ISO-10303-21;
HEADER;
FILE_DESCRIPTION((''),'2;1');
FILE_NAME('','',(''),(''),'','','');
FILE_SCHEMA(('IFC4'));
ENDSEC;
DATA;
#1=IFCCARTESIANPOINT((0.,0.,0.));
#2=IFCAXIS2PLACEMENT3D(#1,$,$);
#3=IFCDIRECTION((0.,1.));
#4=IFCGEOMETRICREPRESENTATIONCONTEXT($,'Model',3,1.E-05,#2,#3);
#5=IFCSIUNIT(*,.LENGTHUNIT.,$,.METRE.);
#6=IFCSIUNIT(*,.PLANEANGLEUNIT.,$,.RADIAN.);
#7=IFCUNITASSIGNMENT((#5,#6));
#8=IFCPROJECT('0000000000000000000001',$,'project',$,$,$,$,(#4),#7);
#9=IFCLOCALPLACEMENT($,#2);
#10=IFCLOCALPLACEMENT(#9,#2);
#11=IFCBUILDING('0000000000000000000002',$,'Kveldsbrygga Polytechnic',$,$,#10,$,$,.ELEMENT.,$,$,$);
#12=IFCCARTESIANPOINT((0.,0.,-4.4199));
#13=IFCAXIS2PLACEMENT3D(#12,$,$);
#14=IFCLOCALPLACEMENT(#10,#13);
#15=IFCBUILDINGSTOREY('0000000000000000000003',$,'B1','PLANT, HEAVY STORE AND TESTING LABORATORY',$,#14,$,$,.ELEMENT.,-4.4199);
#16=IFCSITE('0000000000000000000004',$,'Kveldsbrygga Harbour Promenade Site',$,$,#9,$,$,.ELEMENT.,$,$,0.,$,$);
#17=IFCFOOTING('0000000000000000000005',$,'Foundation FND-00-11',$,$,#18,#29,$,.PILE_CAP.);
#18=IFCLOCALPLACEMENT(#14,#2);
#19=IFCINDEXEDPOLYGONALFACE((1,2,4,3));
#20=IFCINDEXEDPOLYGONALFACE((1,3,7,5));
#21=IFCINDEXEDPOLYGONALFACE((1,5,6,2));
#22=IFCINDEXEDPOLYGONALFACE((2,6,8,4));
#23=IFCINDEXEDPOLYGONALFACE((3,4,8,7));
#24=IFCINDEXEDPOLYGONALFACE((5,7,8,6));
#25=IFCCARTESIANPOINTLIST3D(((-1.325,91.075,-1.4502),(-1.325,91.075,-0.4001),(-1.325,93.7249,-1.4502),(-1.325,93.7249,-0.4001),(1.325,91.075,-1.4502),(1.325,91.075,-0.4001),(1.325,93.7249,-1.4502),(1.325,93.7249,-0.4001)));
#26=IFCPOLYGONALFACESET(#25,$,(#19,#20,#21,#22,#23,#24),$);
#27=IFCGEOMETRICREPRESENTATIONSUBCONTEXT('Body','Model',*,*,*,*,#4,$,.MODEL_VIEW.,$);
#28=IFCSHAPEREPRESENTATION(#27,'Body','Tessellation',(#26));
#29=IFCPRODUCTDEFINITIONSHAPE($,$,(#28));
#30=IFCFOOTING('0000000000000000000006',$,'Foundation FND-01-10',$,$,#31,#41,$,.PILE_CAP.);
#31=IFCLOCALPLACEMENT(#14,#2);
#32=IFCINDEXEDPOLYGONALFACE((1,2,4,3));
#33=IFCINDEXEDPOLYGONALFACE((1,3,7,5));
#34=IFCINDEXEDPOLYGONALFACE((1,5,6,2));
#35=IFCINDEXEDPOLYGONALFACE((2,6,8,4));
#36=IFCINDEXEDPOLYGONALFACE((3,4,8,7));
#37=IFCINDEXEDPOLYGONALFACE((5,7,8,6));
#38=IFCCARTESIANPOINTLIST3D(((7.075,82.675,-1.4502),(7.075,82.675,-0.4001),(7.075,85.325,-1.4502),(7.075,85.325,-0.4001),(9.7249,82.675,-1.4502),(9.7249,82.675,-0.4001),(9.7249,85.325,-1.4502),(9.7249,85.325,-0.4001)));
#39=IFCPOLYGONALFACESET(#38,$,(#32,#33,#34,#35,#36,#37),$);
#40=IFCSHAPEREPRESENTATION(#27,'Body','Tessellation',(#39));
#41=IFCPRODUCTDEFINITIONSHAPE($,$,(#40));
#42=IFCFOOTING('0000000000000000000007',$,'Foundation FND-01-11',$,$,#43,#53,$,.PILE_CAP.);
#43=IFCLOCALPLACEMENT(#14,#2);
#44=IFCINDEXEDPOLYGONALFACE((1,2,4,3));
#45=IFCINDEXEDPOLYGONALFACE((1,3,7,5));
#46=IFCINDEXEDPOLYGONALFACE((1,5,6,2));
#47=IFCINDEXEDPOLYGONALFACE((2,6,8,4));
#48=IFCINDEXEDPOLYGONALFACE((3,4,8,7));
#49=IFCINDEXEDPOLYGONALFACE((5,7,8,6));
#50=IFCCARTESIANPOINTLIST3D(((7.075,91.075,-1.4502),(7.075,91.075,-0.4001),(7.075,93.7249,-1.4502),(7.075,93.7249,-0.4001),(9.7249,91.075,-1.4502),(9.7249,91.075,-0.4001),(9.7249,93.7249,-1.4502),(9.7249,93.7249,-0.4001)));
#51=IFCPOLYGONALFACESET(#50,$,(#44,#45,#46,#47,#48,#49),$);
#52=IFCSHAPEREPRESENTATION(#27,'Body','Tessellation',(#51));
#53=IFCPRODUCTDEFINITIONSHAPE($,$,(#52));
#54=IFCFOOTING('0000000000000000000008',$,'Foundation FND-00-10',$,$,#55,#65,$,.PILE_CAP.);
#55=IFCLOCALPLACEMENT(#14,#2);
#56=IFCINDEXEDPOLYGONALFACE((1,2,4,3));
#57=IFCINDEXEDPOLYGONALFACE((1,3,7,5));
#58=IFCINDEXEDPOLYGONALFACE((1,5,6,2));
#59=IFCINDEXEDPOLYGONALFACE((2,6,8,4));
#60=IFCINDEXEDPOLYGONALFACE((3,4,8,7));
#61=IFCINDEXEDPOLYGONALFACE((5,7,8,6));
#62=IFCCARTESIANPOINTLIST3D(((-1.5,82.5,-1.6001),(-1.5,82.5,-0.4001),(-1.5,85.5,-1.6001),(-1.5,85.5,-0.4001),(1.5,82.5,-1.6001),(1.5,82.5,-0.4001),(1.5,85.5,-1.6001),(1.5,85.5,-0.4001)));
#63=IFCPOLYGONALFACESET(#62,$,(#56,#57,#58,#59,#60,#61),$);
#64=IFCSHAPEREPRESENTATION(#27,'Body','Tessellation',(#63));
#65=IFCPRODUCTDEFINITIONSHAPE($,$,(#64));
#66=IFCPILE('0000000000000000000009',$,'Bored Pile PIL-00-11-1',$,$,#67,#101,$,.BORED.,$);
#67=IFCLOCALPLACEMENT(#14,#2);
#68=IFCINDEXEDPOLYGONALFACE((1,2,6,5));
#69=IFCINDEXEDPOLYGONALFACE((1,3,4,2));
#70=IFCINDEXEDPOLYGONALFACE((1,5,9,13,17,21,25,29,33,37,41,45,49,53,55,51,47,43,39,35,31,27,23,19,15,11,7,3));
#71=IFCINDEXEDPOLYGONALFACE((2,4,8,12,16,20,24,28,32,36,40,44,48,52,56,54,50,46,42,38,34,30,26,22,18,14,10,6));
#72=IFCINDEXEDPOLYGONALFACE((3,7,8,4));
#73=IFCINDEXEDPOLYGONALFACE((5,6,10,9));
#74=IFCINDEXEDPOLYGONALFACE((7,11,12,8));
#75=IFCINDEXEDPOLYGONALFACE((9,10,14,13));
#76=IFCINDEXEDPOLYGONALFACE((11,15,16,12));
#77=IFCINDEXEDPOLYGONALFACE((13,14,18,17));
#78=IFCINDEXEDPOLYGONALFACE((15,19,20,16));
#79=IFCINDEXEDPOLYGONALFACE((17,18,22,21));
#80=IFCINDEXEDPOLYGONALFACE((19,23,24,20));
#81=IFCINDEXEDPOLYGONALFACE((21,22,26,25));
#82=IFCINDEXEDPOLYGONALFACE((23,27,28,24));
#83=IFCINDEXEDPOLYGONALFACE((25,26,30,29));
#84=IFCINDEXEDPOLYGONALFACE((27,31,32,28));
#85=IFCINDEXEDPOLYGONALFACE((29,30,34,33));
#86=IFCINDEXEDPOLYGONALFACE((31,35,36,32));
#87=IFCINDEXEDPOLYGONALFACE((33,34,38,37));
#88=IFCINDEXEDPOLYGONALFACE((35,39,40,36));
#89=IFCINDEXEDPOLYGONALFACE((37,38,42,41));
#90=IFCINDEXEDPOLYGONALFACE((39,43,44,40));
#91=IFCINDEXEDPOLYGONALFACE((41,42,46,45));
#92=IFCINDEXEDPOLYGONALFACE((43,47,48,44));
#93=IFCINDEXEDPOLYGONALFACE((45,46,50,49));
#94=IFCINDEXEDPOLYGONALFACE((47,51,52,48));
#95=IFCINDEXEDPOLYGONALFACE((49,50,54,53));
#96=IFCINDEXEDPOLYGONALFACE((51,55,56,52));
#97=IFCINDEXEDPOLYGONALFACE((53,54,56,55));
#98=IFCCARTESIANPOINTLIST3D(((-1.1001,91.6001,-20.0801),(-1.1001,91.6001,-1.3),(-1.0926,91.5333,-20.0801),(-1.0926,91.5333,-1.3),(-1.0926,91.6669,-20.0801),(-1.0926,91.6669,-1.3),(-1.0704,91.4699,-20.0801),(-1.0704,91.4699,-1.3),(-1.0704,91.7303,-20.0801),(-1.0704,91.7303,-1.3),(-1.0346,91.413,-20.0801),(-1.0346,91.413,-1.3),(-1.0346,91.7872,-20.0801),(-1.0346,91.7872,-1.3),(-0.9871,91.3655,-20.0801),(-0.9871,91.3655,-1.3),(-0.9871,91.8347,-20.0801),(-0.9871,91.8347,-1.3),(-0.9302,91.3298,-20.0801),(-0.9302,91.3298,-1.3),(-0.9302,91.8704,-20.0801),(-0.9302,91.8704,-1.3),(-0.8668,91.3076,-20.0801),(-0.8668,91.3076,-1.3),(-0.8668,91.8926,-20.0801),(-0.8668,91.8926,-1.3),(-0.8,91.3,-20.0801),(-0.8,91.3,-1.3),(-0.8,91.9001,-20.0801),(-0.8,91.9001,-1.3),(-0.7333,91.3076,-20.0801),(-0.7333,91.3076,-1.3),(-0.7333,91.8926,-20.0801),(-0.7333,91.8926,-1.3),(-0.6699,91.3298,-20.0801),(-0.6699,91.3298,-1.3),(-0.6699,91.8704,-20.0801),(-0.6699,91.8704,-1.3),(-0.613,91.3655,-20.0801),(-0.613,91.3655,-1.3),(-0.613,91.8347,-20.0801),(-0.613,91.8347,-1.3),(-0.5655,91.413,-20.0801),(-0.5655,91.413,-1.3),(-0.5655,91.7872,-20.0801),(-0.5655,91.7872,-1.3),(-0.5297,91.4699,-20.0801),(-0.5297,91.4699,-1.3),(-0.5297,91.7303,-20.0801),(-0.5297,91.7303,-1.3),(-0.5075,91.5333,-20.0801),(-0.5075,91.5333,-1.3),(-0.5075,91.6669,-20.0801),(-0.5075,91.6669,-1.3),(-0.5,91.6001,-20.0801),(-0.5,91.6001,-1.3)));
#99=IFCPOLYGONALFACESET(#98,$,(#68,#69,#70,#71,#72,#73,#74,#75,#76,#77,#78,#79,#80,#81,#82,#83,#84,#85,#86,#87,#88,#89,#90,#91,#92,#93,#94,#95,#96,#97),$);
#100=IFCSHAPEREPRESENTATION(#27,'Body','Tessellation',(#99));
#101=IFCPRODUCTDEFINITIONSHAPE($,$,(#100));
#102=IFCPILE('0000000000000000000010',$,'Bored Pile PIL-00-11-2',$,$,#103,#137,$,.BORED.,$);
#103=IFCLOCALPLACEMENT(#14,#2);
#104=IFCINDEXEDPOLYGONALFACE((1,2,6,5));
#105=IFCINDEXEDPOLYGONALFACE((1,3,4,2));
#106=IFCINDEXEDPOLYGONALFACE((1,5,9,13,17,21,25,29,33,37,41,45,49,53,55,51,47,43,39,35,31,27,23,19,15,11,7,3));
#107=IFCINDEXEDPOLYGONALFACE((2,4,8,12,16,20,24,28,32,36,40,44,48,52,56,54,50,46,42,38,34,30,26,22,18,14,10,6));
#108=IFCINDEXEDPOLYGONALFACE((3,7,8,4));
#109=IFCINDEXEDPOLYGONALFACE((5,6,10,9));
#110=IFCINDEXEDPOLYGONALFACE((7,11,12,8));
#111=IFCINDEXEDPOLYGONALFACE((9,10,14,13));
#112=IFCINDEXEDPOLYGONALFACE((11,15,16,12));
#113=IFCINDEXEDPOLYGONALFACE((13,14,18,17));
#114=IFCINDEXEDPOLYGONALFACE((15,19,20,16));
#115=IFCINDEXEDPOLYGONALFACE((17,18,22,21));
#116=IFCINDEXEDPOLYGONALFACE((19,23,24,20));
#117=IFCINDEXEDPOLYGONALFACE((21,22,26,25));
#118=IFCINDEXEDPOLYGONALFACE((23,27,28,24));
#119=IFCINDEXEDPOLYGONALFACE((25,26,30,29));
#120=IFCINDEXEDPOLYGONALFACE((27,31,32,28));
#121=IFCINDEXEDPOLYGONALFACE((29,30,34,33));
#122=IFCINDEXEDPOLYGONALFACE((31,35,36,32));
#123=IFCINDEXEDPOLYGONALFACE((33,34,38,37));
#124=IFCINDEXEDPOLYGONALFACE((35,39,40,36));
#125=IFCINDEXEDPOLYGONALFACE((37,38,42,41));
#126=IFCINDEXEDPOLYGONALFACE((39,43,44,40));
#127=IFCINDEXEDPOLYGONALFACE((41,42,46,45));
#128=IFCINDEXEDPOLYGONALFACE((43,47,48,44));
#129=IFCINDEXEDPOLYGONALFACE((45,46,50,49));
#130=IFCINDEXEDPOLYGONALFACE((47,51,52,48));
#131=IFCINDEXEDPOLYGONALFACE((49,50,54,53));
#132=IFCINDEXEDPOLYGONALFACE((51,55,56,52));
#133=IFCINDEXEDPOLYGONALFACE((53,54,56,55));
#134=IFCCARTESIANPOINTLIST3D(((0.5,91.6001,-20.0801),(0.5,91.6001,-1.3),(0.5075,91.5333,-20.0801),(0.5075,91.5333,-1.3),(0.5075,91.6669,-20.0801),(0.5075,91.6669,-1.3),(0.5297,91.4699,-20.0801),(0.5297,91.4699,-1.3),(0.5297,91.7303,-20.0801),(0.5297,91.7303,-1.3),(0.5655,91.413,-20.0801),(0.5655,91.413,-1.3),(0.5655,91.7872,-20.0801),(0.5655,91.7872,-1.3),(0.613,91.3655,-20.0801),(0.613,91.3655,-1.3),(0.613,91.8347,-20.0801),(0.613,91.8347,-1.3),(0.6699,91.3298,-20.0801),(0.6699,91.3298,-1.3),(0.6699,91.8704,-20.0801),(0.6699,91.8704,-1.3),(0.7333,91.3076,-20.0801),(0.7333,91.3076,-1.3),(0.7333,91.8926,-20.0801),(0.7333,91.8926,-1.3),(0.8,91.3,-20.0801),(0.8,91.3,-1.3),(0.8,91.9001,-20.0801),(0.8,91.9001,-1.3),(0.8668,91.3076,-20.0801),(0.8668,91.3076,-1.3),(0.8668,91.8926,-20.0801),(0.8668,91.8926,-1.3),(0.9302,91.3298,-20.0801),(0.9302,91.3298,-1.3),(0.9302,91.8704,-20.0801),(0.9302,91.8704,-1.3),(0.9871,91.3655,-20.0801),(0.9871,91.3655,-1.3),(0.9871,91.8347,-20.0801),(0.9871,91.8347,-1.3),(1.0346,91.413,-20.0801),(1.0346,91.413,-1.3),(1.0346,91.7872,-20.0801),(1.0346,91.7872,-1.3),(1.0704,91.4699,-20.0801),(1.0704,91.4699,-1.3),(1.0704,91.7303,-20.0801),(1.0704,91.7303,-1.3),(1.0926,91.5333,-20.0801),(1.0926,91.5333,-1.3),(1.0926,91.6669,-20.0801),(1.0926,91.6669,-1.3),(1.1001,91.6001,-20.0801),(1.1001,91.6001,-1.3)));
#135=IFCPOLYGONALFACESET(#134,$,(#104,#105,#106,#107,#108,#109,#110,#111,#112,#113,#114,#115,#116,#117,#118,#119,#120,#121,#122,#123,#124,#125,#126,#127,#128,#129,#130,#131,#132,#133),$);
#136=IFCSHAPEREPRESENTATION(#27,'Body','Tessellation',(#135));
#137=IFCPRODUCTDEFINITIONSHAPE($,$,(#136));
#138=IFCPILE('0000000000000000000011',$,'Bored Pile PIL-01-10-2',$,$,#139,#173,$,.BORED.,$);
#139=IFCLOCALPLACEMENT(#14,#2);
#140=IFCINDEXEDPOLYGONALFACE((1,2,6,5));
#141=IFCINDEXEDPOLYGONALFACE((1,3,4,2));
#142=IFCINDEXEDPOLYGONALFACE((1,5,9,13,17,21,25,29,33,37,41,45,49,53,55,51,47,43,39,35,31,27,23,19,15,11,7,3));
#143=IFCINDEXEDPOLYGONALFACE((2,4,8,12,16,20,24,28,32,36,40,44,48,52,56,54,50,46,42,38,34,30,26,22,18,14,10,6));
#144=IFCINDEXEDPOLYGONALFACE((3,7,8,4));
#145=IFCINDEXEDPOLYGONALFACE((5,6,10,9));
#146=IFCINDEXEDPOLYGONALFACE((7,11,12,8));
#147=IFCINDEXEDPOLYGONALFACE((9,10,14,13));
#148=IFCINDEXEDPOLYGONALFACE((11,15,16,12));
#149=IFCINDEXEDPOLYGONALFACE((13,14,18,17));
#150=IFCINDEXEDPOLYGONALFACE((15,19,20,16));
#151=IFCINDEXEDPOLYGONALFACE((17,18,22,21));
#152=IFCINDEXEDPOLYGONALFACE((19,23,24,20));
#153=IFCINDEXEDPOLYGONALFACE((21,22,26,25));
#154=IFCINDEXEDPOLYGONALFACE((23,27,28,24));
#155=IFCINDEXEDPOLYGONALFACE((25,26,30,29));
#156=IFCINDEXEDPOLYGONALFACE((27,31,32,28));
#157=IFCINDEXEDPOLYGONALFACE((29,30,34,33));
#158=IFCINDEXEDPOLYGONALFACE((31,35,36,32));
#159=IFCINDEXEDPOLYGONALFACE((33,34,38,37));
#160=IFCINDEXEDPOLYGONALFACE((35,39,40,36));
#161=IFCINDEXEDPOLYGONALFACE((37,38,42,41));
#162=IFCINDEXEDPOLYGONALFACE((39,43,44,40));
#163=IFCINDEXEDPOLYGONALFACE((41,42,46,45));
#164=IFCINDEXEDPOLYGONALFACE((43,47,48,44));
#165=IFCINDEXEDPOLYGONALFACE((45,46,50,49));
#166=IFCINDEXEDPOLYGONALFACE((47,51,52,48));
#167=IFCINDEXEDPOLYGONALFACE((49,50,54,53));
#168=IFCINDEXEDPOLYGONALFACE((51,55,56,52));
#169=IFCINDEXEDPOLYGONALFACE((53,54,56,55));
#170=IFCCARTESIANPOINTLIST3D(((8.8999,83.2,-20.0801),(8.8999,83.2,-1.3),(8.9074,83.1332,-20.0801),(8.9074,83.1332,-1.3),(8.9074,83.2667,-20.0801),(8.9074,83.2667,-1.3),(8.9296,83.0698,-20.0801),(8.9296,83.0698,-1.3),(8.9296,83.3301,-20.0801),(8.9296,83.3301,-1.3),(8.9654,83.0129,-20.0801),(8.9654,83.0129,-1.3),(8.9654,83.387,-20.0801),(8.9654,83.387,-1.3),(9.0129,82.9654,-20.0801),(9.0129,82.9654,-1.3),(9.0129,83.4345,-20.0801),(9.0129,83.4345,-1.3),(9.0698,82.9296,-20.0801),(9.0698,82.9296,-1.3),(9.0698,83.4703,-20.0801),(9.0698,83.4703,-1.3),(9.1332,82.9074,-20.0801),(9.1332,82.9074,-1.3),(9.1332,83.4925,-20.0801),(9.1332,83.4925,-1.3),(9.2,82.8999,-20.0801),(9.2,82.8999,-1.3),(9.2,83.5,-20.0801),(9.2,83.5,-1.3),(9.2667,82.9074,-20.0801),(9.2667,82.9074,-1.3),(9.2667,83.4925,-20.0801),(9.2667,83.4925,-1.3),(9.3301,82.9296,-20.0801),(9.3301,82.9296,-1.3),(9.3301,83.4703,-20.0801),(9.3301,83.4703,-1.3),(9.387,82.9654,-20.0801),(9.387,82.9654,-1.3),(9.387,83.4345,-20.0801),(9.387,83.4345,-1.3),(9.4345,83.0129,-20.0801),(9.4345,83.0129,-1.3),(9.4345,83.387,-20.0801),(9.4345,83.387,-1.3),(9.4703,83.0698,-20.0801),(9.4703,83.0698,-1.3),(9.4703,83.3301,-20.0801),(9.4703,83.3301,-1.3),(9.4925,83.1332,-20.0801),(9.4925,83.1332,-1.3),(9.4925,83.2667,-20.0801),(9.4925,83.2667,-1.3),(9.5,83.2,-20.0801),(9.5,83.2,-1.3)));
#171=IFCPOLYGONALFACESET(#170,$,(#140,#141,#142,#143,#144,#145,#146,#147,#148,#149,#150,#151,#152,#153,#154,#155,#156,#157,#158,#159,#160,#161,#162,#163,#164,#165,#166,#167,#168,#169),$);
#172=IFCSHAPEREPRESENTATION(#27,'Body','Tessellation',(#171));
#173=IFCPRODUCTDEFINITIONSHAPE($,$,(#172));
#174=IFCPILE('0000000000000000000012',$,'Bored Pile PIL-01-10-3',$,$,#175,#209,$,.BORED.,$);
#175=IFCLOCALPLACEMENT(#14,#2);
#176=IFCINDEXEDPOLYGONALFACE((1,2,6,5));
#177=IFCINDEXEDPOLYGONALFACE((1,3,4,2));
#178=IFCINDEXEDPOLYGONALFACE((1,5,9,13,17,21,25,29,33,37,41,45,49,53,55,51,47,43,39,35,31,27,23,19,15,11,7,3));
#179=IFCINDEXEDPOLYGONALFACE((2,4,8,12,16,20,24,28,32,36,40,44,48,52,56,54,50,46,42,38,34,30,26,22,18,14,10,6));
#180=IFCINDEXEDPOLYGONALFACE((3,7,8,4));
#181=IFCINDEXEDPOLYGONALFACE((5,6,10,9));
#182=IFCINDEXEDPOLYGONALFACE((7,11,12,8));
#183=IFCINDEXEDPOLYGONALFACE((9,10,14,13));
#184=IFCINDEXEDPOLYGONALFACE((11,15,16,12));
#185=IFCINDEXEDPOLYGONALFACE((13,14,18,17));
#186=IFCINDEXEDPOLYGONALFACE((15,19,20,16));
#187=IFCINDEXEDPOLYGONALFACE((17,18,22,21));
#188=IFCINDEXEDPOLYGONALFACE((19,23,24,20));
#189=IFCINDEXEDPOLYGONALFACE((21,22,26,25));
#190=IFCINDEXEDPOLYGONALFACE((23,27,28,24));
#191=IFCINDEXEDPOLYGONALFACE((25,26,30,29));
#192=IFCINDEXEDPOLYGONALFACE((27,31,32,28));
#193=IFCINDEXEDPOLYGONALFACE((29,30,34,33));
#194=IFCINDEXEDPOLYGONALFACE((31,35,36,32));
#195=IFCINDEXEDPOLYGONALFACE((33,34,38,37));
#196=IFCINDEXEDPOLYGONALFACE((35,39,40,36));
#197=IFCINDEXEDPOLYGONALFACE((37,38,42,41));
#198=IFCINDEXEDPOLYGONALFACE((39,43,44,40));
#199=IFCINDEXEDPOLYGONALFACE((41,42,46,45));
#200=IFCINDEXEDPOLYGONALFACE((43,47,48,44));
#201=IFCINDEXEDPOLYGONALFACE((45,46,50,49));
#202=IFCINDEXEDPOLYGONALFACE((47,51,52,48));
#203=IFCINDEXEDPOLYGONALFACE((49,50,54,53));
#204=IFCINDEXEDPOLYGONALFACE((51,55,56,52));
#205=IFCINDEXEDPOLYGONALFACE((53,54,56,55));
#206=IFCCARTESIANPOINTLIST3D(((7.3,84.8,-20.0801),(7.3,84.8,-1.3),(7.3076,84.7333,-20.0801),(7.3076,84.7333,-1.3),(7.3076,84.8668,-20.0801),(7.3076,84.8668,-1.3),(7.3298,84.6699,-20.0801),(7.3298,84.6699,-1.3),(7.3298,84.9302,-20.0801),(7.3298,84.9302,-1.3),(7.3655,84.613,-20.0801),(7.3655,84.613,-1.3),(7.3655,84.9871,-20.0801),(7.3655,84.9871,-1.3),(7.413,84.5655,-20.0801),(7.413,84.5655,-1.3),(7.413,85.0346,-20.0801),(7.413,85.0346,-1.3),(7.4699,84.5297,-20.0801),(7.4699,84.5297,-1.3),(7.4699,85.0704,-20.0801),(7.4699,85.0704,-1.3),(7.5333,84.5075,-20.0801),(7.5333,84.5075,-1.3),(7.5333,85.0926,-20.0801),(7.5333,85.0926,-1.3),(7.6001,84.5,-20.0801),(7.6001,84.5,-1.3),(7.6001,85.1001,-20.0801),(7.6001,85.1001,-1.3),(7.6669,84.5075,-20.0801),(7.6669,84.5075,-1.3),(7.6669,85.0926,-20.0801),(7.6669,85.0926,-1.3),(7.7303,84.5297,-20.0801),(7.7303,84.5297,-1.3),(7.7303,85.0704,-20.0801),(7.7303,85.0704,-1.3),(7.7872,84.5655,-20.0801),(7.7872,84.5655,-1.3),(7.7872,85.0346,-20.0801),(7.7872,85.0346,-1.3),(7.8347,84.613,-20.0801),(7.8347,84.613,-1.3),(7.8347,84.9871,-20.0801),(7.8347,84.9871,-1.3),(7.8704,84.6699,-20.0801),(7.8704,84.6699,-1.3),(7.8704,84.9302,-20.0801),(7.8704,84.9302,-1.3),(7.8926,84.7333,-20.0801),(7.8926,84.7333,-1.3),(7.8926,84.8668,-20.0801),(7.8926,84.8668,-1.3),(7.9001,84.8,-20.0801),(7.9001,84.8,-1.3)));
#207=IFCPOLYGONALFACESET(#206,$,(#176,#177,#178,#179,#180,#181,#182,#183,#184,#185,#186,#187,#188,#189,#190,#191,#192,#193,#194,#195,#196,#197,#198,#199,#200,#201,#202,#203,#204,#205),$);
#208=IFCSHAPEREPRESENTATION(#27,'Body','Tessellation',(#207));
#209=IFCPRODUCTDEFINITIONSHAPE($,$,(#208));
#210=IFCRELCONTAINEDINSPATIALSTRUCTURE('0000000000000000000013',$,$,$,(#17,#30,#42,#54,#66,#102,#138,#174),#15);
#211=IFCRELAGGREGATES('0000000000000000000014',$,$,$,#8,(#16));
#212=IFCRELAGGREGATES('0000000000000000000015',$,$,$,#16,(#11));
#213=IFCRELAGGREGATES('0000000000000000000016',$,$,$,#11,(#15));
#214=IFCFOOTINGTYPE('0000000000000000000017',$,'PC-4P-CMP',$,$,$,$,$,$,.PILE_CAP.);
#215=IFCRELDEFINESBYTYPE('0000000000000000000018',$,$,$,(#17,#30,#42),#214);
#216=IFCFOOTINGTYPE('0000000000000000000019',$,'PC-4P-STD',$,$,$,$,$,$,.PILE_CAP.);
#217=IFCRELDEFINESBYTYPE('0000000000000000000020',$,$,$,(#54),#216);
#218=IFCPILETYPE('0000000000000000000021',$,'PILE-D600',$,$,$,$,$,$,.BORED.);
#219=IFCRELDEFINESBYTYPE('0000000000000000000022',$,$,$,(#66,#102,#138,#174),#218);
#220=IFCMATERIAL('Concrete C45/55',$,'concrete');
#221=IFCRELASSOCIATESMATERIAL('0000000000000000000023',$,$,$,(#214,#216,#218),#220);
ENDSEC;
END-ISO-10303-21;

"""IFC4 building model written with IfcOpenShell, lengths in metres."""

from ifc_helpers import new_model, si_unit, direction, frame, origin, origin_2d, place, context, subcontext, project, spatial, rectangle, circle, extrude, material, material_profile, profile_set, type_object, element, save


model = new_model("IFC4")

# Units and contexts
model_context = context("Model", 3, precision=1e-05, world=origin(), true_north=direction((0.0, 1.0)))
body_context = subcontext(model_context, "Body", "Model", "MODEL_VIEW")
ifc_project = project(units=[si_unit("LENGTHUNIT", "METRE"), si_unit("PLANEANGLEUNIT", "RADIAN")], contexts=[model_context])

# Site, building, storey
site_placement = place(None, origin())
site = spatial("IfcSite", under=ifc_project, at=site_placement, Name="Kveldsbrygga Harbour Promenade Site", CompositionType="ELEMENT", RefElevation=0.0)
building_placement = place(site_placement, origin())
building = spatial("IfcBuilding", under=site, at=building_placement, Name="Kveldsbrygga Polytechnic", CompositionType="ELEMENT")
storey_placement = place(building_placement, frame((0.0, 0.0, -4.4199)))
storey = spatial("IfcBuildingStorey", under=building, at=storey_placement, Name="B1", Description="PLANT, HEAVY STORE AND TESTING LABORATORY", CompositionType="ELEMENT", Elevation=-4.4199)

# Footings
ifc_material_1 = material(Name="Concrete C45/55", Category="concrete")
footing_type_1 = type_object("IfcFootingType", Name="PC-4P-CMP", PredefinedType="PILE_CAP", material=ifc_material_1)
for number, where, z_axis, x_axis, name in (
    (1, (0.0, 92.3999, -1.4502), (0.0, 0.0, 1.0), (1.0, 0.0, 0.0), "Foundation FND-00-11"),
    (2, (8.3999, 84.0, -1.4502), (0.0, 0.0, 1.0), (1.0, 0.0, 0.0), "Foundation FND-01-10"),
    (3, (8.3999, 92.3999, -1.4502), (0.0, 0.0, 1.0), (1.0, 0.0, 0.0), "Foundation FND-01-11"),
):
    element("IfcFooting", number, at=place(storey_placement, frame(where, z_axis=z_axis, x_axis=x_axis)), inside=storey, type_object=footing_type_1, Name=name, PredefinedType="PILE_CAP", context=body_context, shape_type="SweptSolid", body=[
        extrude(rectangle(XDim=2.6499, YDim=2.6499, at=origin_2d()), origin(), (0.0, 0.0, 1.0), 1.05),
    ])
footing_type_2 = type_object("IfcFootingType", Name="PC-4P-STD", PredefinedType="PILE_CAP", material=ifc_material_1)
footing_placement = place(storey_placement, frame((0.0, 84.0, -1.6001), z_axis=(0.0, 0.0, 1.0), x_axis=(1.0, 0.0, 0.0)))
element("IfcFooting", 4, at=footing_placement, inside=storey, type_object=footing_type_2, Name="Foundation FND-00-10", PredefinedType="PILE_CAP", context=body_context, shape_type="SweptSolid", body=[
    extrude(rectangle(XDim=3.0, YDim=3.0, at=origin_2d()), origin(), (0.0, 0.0, 1.0), 1.2),
])

# Piles
ifc_material_profile_1 = material_profile(ifc_material_1, circle(Radius=0.3, at=origin_2d()), Name="PILE D600")
ifc_profile_set_1 = profile_set([ifc_material_profile_1], Name="Concrete C45/55")
pile_type_1 = type_object("IfcPileType", Name="PILE-D600", PredefinedType="BORED", material=ifc_profile_set_1)
for number, where, z_axis, x_axis, name in (
    (5, (-0.8, 91.6001, -1.3), (0.0, 0.0, -1.0), (1.0, 0.0, 0.0), "Bored Pile PIL-00-11-1"),
    (6, (0.8, 91.6001, -1.3), (0.0, 0.0, -1.0), (1.0, 0.0, 0.0), "Bored Pile PIL-00-11-2"),
    (7, (9.2, 83.2, -1.3), (0.0, 0.0, -1.0), (1.0, 0.0, 0.0), "Bored Pile PIL-01-10-2"),
    (8, (7.6001, 84.8, -1.3), (0.0, 0.0, -1.0), (1.0, 0.0, 0.0), "Bored Pile PIL-01-10-3"),
):
    element("IfcPile", number, at=place(storey_placement, frame(where, z_axis=z_axis, x_axis=x_axis)), inside=storey, type_object=pile_type_1, Name=name, PredefinedType="BORED", context=body_context, shape_type="SweptSolid", body=[
        extrude(circle(Radius=0.3, at=origin_2d()), origin(), (0.0, 0.0, 1.0), 18.78),
    ])

save(model, "model.ifc")
